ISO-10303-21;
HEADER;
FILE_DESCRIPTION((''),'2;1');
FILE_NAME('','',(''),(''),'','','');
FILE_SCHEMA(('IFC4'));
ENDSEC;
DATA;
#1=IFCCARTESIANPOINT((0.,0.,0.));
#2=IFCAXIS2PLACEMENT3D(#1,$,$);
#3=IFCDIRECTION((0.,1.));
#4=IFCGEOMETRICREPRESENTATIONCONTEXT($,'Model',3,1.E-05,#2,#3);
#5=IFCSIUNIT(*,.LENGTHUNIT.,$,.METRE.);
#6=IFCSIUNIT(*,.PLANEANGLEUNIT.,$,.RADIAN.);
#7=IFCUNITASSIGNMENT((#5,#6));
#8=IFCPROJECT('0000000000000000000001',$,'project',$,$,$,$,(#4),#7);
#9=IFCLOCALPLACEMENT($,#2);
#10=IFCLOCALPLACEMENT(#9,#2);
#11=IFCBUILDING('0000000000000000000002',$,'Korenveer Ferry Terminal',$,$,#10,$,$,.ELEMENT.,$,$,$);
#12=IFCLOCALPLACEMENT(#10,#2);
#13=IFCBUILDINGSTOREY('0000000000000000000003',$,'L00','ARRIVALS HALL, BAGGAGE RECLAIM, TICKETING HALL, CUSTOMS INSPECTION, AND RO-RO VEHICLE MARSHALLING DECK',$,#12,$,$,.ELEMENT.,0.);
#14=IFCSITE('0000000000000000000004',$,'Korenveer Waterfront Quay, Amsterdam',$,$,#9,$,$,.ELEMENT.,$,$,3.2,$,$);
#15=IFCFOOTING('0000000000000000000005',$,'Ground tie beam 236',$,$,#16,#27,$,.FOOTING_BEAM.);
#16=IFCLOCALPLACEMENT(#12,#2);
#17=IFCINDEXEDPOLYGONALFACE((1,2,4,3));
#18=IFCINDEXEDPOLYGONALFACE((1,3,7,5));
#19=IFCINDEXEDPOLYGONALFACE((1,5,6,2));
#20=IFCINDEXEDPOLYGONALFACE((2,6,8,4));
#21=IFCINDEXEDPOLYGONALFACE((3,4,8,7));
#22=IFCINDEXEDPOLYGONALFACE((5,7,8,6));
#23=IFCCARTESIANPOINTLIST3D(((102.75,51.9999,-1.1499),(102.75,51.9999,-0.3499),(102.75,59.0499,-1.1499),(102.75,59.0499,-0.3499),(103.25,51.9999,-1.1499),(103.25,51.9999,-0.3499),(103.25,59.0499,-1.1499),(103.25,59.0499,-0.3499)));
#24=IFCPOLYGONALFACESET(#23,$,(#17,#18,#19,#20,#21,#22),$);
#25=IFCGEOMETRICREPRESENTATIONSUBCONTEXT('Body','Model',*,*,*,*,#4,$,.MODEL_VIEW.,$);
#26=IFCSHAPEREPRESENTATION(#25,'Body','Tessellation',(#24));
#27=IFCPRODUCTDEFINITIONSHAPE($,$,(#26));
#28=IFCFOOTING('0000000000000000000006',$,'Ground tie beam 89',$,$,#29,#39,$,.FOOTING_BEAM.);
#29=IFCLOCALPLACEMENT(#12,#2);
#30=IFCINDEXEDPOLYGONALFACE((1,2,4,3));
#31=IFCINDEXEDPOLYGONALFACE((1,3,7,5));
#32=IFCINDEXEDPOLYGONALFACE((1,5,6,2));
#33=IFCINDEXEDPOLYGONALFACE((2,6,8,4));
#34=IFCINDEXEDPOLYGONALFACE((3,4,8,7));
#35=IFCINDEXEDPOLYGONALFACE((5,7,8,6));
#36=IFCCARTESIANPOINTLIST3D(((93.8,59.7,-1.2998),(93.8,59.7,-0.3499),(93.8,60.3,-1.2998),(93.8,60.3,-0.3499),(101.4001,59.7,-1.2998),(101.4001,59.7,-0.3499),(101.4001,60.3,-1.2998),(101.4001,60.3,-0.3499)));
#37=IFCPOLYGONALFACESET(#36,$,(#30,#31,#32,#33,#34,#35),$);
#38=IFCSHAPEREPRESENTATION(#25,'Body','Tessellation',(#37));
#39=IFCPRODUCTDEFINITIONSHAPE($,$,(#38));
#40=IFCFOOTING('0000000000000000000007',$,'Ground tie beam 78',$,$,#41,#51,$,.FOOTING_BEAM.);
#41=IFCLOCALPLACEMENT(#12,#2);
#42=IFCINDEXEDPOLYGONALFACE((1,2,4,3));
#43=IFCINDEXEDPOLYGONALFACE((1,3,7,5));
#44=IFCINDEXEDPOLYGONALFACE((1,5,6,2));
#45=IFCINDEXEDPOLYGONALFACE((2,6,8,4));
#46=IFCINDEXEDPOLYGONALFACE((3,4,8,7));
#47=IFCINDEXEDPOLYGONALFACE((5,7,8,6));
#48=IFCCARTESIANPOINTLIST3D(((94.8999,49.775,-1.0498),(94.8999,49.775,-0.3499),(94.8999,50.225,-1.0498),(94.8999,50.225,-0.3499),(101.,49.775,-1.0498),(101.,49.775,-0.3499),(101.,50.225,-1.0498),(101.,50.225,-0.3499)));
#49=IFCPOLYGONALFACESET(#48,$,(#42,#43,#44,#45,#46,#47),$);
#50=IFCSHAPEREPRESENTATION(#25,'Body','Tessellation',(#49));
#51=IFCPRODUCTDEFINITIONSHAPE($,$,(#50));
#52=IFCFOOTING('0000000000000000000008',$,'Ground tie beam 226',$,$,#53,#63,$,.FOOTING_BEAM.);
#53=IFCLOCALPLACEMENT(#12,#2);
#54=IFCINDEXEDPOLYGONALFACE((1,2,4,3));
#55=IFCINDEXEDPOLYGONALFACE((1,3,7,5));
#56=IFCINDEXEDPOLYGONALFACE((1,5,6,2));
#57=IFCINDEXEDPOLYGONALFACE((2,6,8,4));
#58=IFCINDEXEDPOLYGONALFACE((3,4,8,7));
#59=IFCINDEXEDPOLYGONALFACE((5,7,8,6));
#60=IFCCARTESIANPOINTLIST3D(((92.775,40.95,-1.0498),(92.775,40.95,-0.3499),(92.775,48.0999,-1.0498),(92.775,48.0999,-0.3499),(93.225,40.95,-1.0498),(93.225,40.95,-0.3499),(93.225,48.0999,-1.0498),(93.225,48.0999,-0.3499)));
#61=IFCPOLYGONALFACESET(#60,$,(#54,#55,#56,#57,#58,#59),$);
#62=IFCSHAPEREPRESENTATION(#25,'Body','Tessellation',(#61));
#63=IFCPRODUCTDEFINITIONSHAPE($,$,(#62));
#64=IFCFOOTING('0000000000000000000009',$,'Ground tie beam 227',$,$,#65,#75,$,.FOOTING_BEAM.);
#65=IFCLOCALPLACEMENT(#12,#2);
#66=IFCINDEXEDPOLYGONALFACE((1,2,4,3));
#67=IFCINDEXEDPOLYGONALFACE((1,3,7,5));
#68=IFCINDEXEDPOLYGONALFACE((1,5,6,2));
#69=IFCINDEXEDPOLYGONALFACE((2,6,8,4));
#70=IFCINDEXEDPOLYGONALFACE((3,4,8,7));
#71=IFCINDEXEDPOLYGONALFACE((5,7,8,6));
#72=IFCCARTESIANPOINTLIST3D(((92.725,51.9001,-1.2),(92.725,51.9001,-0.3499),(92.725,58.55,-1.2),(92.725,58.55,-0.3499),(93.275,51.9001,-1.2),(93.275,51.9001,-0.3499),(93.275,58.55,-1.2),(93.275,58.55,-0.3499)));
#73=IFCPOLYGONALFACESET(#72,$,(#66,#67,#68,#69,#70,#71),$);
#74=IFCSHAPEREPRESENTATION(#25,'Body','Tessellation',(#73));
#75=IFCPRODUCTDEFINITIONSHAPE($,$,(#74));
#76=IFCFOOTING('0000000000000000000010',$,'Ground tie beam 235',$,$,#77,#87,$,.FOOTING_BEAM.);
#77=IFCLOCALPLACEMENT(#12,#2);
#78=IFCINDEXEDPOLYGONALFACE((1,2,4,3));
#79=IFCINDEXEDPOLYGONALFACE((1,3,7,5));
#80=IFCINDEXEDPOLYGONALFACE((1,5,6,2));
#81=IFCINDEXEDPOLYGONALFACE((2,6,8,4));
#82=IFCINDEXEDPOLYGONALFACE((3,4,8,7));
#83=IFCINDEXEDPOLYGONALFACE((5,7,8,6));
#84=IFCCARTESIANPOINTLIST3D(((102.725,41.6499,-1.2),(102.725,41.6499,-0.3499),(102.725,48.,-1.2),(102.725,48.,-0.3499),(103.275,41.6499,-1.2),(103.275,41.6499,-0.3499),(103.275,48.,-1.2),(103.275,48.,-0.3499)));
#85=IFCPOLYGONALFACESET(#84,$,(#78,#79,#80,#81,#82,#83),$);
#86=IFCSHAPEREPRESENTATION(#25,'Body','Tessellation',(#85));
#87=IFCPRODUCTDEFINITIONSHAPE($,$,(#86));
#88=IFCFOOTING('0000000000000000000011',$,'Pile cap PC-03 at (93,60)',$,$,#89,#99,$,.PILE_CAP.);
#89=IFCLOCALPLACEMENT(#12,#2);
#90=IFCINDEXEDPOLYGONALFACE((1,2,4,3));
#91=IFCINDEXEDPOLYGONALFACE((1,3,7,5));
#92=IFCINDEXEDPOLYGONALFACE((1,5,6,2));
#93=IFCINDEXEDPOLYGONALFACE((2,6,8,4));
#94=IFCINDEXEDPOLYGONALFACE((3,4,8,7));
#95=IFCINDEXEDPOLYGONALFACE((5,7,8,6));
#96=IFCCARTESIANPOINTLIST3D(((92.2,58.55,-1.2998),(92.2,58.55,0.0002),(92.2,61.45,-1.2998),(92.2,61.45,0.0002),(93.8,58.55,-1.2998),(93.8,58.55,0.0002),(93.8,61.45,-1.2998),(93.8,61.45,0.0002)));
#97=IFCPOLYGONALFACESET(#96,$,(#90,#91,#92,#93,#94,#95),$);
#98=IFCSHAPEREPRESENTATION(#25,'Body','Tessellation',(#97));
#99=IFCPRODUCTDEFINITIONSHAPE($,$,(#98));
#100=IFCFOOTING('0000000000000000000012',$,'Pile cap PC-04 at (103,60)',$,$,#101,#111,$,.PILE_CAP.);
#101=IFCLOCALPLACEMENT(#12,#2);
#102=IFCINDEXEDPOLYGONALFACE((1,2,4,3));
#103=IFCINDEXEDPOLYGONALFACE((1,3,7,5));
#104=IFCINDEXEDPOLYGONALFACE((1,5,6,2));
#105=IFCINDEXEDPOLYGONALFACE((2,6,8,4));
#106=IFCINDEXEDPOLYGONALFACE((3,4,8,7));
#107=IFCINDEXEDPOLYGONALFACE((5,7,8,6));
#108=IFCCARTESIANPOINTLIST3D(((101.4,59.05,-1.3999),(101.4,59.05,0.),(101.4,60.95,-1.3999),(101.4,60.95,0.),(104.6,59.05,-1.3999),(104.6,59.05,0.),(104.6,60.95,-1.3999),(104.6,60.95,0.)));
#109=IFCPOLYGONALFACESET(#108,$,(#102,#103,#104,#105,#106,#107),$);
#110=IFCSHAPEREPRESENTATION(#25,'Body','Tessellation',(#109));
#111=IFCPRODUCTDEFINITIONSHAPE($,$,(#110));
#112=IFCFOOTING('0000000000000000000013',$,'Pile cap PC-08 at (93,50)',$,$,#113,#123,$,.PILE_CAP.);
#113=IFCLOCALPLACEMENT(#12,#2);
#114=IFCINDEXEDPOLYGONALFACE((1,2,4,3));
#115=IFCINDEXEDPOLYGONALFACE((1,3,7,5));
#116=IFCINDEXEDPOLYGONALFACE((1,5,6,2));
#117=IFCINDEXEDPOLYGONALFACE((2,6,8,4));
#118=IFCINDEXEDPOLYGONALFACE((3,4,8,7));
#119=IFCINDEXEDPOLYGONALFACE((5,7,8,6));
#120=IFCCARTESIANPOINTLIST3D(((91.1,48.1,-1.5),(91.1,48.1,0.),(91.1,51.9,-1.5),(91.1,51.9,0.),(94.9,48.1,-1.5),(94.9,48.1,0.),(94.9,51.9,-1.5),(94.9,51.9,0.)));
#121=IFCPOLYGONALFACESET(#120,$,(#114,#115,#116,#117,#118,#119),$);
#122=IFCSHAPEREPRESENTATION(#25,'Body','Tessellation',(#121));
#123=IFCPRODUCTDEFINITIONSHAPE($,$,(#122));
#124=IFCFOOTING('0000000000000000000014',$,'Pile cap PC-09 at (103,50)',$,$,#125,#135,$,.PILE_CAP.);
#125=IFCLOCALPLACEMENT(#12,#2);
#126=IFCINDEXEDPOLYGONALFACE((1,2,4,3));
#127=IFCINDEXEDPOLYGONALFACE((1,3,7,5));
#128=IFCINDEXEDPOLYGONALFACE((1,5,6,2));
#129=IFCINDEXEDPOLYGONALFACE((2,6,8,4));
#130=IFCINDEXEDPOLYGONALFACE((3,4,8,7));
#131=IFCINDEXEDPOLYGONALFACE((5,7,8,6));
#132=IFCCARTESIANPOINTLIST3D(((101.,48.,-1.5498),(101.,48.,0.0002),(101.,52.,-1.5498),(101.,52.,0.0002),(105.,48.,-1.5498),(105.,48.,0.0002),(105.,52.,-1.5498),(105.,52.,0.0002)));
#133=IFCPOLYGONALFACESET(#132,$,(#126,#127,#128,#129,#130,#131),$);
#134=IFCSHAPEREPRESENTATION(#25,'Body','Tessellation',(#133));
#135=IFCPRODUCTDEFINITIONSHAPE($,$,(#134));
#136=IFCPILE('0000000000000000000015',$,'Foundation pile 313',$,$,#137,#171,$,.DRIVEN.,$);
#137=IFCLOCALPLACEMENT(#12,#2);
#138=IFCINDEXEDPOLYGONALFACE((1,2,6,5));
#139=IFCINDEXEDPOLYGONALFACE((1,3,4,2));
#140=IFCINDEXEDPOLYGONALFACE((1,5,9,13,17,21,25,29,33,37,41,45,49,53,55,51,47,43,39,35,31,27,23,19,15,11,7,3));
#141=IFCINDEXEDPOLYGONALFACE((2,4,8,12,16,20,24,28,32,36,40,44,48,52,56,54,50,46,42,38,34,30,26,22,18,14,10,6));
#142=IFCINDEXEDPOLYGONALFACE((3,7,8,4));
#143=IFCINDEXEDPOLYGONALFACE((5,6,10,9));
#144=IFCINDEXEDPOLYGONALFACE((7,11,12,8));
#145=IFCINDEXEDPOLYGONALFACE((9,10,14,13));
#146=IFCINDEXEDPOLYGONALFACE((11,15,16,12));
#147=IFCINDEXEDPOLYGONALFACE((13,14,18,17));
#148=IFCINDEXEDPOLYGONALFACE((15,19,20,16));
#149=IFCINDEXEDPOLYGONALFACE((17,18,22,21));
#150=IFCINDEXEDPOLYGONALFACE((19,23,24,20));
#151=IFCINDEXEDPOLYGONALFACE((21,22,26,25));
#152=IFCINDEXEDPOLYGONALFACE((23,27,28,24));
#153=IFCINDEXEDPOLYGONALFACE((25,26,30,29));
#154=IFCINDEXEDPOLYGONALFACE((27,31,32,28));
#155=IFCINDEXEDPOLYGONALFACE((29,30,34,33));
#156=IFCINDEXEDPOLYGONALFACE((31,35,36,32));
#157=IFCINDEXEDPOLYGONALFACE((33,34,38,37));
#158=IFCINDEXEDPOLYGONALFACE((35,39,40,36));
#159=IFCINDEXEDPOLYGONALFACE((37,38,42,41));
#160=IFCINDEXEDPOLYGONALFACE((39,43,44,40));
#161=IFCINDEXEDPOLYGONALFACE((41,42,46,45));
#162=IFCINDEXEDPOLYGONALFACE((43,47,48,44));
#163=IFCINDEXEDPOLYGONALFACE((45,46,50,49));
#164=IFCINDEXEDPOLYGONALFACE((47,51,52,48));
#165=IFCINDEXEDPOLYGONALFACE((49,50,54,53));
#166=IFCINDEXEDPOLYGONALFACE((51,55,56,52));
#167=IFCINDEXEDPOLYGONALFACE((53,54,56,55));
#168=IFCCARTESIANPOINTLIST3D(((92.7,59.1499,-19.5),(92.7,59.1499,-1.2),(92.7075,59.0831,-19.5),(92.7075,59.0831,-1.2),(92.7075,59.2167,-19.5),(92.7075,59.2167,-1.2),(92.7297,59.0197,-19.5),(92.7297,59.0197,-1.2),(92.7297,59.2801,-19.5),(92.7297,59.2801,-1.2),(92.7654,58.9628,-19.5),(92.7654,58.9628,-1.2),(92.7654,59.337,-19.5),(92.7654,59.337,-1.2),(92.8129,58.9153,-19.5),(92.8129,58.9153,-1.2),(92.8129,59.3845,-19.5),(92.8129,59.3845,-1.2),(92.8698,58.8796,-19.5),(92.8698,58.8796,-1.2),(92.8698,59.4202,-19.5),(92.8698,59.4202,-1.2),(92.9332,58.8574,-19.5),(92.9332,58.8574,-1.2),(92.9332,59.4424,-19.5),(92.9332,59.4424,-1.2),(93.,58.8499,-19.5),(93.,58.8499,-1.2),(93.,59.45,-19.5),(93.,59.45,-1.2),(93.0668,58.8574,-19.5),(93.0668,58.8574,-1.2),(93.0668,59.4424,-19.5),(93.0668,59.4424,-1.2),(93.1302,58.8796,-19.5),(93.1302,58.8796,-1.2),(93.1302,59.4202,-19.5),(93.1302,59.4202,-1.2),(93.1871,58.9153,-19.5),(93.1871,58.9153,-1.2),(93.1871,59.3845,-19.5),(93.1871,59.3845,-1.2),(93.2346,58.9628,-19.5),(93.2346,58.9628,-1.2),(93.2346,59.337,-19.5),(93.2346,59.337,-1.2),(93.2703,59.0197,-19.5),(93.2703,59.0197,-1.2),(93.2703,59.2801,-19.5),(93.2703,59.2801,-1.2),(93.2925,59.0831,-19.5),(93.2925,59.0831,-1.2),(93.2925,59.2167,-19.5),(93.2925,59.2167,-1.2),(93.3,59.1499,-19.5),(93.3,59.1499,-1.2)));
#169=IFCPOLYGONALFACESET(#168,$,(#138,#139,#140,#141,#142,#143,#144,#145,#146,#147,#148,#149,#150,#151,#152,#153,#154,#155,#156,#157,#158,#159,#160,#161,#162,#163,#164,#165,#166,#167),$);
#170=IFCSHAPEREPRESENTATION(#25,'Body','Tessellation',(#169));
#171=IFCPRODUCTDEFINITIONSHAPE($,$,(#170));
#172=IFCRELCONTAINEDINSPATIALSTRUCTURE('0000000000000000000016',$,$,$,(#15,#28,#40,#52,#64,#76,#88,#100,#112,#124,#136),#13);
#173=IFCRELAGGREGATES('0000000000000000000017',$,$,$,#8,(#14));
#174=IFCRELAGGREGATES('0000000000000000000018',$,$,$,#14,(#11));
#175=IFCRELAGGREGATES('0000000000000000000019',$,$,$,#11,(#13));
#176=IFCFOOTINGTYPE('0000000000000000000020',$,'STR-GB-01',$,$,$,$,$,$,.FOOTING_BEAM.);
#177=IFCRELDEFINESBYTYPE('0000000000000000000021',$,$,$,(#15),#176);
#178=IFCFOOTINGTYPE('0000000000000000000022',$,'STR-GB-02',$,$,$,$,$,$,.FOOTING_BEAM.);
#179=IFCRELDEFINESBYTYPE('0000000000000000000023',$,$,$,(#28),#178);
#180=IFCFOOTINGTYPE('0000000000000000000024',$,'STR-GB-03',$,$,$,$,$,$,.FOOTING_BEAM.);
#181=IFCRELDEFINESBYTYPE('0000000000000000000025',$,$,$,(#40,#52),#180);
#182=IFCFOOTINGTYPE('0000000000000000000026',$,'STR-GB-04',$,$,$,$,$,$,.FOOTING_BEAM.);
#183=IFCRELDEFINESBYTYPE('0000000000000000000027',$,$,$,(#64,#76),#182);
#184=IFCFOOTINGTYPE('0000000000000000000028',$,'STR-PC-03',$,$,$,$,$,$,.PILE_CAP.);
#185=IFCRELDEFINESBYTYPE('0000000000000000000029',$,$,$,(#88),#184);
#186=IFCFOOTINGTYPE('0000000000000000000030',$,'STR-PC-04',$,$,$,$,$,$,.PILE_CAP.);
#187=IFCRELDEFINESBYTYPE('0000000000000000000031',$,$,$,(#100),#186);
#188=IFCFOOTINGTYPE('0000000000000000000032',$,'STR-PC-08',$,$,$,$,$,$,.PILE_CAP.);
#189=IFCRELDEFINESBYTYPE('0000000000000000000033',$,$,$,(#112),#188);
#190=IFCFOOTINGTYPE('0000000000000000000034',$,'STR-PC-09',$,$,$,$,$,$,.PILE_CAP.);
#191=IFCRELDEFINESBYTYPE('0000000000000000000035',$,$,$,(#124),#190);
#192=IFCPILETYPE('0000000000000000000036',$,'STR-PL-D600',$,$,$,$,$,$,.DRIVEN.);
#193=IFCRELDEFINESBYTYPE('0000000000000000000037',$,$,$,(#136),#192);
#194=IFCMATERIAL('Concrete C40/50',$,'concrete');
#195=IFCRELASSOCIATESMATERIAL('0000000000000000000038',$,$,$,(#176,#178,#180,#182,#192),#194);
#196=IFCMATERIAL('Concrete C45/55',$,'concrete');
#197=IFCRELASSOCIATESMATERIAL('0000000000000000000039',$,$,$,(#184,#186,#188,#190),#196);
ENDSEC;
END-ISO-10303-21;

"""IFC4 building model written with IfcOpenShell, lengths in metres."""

from ifc_helpers import new_model, si_unit, direction, frame, origin, origin_2d, place, context, subcontext, project, spatial, rectangle, circle, extrude, material, material_profile, profile_set, type_object, element, save


model = new_model("IFC4")

# Units and contexts
model_context = context("Model", 3, precision=1e-05, world=origin(), true_north=direction((0.0, 1.0)))
body_context = subcontext(model_context, "Body", "Model", "MODEL_VIEW")
ifc_project = project(units=[si_unit("LENGTHUNIT", "METRE"), si_unit("PLANEANGLEUNIT", "RADIAN")], contexts=[model_context])

# Site, building, storey
site_placement = place(None, origin())
site = spatial("IfcSite", under=ifc_project, at=site_placement, Name="Korenveer Waterfront Quay, Amsterdam", CompositionType="ELEMENT", RefElevation=3.2)
building_placement = place(site_placement, origin())
building = spatial("IfcBuilding", under=site, at=building_placement, Name="Korenveer Ferry Terminal", CompositionType="ELEMENT")
storey_placement = place(building_placement, origin())
storey = spatial("IfcBuildingStorey", under=building, at=storey_placement, Name="L00", Description="ARRIVALS HALL, BAGGAGE RECLAIM, TICKETING HALL, CUSTOMS INSPECTION, AND RO-RO VEHICLE MARSHALLING DECK", CompositionType="ELEMENT", Elevation=0.0)

# Footings
ifc_material_1 = material(Name="Concrete C40/50", Category="concrete")
footing_type_1 = type_object("IfcFootingType", Name="STR-GB-01", PredefinedType="FOOTING_BEAM", material=ifc_material_1)
footing_1_placement = place(storey_placement, frame((103.0, 55.5249, -1.1499), z_axis=(0.0, 0.0, 1.0), x_axis=(1.0, 0.0, 0.0)))
element("IfcFooting", 1, at=footing_1_placement, inside=storey, type_object=footing_type_1, Name="Ground tie beam 236", PredefinedType="FOOTING_BEAM", context=body_context, shape_type="SweptSolid", body=[
    extrude(rectangle(XDim=0.5, YDim=7.05, at=origin_2d()), origin(), (0.0, 0.0, 1.0), 0.8),
])
footing_type_2 = type_object("IfcFootingType", Name="STR-GB-02", PredefinedType="FOOTING_BEAM", material=ifc_material_1)
footing_2_placement = place(storey_placement, frame((97.6001, 60.0, -1.2998), z_axis=(0.0, 0.0, 1.0), x_axis=(1.0, 0.0, 0.0)))
element("IfcFooting", 2, at=footing_2_placement, inside=storey, type_object=footing_type_2, Name="Ground tie beam 89", PredefinedType="FOOTING_BEAM", context=body_context, shape_type="SweptSolid", body=[
    extrude(rectangle(XDim=7.6001, YDim=0.6001, at=origin_2d()), origin(), (0.0, 0.0, 1.0), 0.95),
])
footing_type_3 = type_object("IfcFootingType", Name="STR-GB-03", PredefinedType="FOOTING_BEAM", material=ifc_material_1)
footing_3_placement = place(storey_placement, frame((97.95, 50.0, -1.0498), z_axis=(0.0, 0.0, 1.0), x_axis=(1.0, 0.0, 0.0)))
element("IfcFooting", 3, at=footing_3_placement, inside=storey, type_object=footing_type_3, Name="Ground tie beam 78", PredefinedType="FOOTING_BEAM", context=body_context, shape_type="SweptSolid", body=[
    extrude(rectangle(XDim=6.1001, YDim=0.45, at=origin_2d()), origin(), (0.0, 0.0, 1.0), 0.7),
])
footing_4_placement = place(storey_placement, frame((93.0, 44.5249, -1.0498), z_axis=(0.0, 0.0, 1.0), x_axis=(1.0, 0.0, 0.0)))
element("IfcFooting", 4, at=footing_4_placement, inside=storey, type_object=footing_type_3, Name="Ground tie beam 226", PredefinedType="FOOTING_BEAM", context=body_context, shape_type="SweptSolid", body=[
    extrude(rectangle(XDim=0.45, YDim=7.1499, at=origin_2d()), origin(), (0.0, 0.0, 1.0), 0.7),
])
footing_type_4 = type_object("IfcFootingType", Name="STR-GB-04", PredefinedType="FOOTING_BEAM", material=ifc_material_1)
footing_5_placement = place(storey_placement, frame((93.0, 55.2251, -1.2), z_axis=(0.0, 0.0, 1.0), x_axis=(1.0, 0.0, 0.0)))
element("IfcFooting", 5, at=footing_5_placement, inside=storey, type_object=footing_type_4, Name="Ground tie beam 227", PredefinedType="FOOTING_BEAM", context=body_context, shape_type="SweptSolid", body=[
    extrude(rectangle(XDim=0.55, YDim=6.6499, at=origin_2d()), origin(), (0.0, 0.0, 1.0), 0.8501),
])
footing_6_placement = place(storey_placement, frame((103.0, 44.825, -1.2), z_axis=(0.0, 0.0, 1.0), x_axis=(1.0, 0.0, 0.0)))
element("IfcFooting", 6, at=footing_6_placement, inside=storey, type_object=footing_type_4, Name="Ground tie beam 235", PredefinedType="FOOTING_BEAM", context=body_context, shape_type="SweptSolid", body=[
    extrude(rectangle(XDim=0.55, YDim=6.3501, at=origin_2d()), origin(), (0.0, 0.0, 1.0), 0.8501),
])
ifc_material_2 = material(Name="Concrete C45/55", Category="concrete")
footing_type_5 = type_object("IfcFootingType", Name="STR-PC-03", PredefinedType="PILE_CAP", material=ifc_material_2)
footing_7_placement = place(storey_placement, frame((93.0, 60.0, -1.2998), z_axis=(0.0, 0.0, 1.0), x_axis=(1.0, 0.0, 0.0)))
element("IfcFooting", 7, at=footing_7_placement, inside=storey, type_object=footing_type_5, Name="Pile cap PC-03 at (93,60)", PredefinedType="PILE_CAP", context=body_context, shape_type="SweptSolid", body=[
    extrude(rectangle(XDim=1.6001, YDim=2.8999, at=origin_2d()), origin(), (0.0, 0.0, 1.0), 1.3),
])
footing_type_6 = type_object("IfcFootingType", Name="STR-PC-04", PredefinedType="PILE_CAP", material=ifc_material_2)
footing_8_placement = place(storey_placement, frame((103.0, 60.0, -1.3999), z_axis=(0.0, 0.0, 1.0), x_axis=(1.0, 0.0, 0.0)))
element("IfcFooting", 8, at=footing_8_placement, inside=storey, type_object=footing_type_6, Name="Pile cap PC-04 at (103,60)", PredefinedType="PILE_CAP", context=body_context, shape_type="SweptSolid", body=[
    extrude(rectangle(XDim=3.2, YDim=1.8999, at=origin_2d()), origin(), (0.0, 0.0, 1.0), 1.3999),
])
footing_type_7 = type_object("IfcFootingType", Name="STR-PC-08", PredefinedType="PILE_CAP", material=ifc_material_2)
footing_9_placement = place(storey_placement, frame((93.0, 50.0, -1.5), z_axis=(0.0, 0.0, 1.0), x_axis=(1.0, 0.0, 0.0)))
element("IfcFooting", 9, at=footing_9_placement, inside=storey, type_object=footing_type_7, Name="Pile cap PC-08 at (93,50)", PredefinedType="PILE_CAP", context=body_context, shape_type="SweptSolid", body=[
    extrude(rectangle(XDim=3.8, YDim=3.8, at=origin_2d()), origin(), (0.0, 0.0, 1.0), 1.5),
])
footing_type_8 = type_object("IfcFootingType", Name="STR-PC-09", PredefinedType="PILE_CAP", material=ifc_material_2)
footing_10_placement = place(storey_placement, frame((103.0, 50.0, -1.5498), z_axis=(0.0, 0.0, 1.0), x_axis=(1.0, 0.0, 0.0)))
element("IfcFooting", 10, at=footing_10_placement, inside=storey, type_object=footing_type_8, Name="Pile cap PC-09 at (103,50)", PredefinedType="PILE_CAP", context=body_context, shape_type="SweptSolid", body=[
    extrude(rectangle(XDim=4.0, YDim=4.0, at=origin_2d()), origin(), (0.0, 0.0, 1.0), 1.55),
])

# Pile
ifc_material_profile_1 = material_profile(ifc_material_1, circle(Radius=0.3, at=origin_2d()), Name="PILE D600")
ifc_profile_set_1 = profile_set([ifc_material_profile_1], Name="Concrete C40/50")
pile_type_1 = type_object("IfcPileType", Name="STR-PL-D600", PredefinedType="DRIVEN", material=ifc_profile_set_1)
for number, where, z_axis, x_axis, name in (
    (11, (93.0, 59.1499, -1.2), (0.0, 0.0, -1.0), (1.0, 0.0, 0.0), "Foundation pile 313"),
):
    element("IfcPile", number, at=place(storey_placement, frame(where, z_axis=z_axis, x_axis=x_axis)), inside=storey, type_object=pile_type_1, Name=name, PredefinedType="DRIVEN", context=body_context, shape_type="SweptSolid", body=[
        extrude(circle(Radius=0.3, at=origin_2d()), origin(), (0.0, 0.0, 1.0), 18.3),
    ])

save(model, "model.ifc")
